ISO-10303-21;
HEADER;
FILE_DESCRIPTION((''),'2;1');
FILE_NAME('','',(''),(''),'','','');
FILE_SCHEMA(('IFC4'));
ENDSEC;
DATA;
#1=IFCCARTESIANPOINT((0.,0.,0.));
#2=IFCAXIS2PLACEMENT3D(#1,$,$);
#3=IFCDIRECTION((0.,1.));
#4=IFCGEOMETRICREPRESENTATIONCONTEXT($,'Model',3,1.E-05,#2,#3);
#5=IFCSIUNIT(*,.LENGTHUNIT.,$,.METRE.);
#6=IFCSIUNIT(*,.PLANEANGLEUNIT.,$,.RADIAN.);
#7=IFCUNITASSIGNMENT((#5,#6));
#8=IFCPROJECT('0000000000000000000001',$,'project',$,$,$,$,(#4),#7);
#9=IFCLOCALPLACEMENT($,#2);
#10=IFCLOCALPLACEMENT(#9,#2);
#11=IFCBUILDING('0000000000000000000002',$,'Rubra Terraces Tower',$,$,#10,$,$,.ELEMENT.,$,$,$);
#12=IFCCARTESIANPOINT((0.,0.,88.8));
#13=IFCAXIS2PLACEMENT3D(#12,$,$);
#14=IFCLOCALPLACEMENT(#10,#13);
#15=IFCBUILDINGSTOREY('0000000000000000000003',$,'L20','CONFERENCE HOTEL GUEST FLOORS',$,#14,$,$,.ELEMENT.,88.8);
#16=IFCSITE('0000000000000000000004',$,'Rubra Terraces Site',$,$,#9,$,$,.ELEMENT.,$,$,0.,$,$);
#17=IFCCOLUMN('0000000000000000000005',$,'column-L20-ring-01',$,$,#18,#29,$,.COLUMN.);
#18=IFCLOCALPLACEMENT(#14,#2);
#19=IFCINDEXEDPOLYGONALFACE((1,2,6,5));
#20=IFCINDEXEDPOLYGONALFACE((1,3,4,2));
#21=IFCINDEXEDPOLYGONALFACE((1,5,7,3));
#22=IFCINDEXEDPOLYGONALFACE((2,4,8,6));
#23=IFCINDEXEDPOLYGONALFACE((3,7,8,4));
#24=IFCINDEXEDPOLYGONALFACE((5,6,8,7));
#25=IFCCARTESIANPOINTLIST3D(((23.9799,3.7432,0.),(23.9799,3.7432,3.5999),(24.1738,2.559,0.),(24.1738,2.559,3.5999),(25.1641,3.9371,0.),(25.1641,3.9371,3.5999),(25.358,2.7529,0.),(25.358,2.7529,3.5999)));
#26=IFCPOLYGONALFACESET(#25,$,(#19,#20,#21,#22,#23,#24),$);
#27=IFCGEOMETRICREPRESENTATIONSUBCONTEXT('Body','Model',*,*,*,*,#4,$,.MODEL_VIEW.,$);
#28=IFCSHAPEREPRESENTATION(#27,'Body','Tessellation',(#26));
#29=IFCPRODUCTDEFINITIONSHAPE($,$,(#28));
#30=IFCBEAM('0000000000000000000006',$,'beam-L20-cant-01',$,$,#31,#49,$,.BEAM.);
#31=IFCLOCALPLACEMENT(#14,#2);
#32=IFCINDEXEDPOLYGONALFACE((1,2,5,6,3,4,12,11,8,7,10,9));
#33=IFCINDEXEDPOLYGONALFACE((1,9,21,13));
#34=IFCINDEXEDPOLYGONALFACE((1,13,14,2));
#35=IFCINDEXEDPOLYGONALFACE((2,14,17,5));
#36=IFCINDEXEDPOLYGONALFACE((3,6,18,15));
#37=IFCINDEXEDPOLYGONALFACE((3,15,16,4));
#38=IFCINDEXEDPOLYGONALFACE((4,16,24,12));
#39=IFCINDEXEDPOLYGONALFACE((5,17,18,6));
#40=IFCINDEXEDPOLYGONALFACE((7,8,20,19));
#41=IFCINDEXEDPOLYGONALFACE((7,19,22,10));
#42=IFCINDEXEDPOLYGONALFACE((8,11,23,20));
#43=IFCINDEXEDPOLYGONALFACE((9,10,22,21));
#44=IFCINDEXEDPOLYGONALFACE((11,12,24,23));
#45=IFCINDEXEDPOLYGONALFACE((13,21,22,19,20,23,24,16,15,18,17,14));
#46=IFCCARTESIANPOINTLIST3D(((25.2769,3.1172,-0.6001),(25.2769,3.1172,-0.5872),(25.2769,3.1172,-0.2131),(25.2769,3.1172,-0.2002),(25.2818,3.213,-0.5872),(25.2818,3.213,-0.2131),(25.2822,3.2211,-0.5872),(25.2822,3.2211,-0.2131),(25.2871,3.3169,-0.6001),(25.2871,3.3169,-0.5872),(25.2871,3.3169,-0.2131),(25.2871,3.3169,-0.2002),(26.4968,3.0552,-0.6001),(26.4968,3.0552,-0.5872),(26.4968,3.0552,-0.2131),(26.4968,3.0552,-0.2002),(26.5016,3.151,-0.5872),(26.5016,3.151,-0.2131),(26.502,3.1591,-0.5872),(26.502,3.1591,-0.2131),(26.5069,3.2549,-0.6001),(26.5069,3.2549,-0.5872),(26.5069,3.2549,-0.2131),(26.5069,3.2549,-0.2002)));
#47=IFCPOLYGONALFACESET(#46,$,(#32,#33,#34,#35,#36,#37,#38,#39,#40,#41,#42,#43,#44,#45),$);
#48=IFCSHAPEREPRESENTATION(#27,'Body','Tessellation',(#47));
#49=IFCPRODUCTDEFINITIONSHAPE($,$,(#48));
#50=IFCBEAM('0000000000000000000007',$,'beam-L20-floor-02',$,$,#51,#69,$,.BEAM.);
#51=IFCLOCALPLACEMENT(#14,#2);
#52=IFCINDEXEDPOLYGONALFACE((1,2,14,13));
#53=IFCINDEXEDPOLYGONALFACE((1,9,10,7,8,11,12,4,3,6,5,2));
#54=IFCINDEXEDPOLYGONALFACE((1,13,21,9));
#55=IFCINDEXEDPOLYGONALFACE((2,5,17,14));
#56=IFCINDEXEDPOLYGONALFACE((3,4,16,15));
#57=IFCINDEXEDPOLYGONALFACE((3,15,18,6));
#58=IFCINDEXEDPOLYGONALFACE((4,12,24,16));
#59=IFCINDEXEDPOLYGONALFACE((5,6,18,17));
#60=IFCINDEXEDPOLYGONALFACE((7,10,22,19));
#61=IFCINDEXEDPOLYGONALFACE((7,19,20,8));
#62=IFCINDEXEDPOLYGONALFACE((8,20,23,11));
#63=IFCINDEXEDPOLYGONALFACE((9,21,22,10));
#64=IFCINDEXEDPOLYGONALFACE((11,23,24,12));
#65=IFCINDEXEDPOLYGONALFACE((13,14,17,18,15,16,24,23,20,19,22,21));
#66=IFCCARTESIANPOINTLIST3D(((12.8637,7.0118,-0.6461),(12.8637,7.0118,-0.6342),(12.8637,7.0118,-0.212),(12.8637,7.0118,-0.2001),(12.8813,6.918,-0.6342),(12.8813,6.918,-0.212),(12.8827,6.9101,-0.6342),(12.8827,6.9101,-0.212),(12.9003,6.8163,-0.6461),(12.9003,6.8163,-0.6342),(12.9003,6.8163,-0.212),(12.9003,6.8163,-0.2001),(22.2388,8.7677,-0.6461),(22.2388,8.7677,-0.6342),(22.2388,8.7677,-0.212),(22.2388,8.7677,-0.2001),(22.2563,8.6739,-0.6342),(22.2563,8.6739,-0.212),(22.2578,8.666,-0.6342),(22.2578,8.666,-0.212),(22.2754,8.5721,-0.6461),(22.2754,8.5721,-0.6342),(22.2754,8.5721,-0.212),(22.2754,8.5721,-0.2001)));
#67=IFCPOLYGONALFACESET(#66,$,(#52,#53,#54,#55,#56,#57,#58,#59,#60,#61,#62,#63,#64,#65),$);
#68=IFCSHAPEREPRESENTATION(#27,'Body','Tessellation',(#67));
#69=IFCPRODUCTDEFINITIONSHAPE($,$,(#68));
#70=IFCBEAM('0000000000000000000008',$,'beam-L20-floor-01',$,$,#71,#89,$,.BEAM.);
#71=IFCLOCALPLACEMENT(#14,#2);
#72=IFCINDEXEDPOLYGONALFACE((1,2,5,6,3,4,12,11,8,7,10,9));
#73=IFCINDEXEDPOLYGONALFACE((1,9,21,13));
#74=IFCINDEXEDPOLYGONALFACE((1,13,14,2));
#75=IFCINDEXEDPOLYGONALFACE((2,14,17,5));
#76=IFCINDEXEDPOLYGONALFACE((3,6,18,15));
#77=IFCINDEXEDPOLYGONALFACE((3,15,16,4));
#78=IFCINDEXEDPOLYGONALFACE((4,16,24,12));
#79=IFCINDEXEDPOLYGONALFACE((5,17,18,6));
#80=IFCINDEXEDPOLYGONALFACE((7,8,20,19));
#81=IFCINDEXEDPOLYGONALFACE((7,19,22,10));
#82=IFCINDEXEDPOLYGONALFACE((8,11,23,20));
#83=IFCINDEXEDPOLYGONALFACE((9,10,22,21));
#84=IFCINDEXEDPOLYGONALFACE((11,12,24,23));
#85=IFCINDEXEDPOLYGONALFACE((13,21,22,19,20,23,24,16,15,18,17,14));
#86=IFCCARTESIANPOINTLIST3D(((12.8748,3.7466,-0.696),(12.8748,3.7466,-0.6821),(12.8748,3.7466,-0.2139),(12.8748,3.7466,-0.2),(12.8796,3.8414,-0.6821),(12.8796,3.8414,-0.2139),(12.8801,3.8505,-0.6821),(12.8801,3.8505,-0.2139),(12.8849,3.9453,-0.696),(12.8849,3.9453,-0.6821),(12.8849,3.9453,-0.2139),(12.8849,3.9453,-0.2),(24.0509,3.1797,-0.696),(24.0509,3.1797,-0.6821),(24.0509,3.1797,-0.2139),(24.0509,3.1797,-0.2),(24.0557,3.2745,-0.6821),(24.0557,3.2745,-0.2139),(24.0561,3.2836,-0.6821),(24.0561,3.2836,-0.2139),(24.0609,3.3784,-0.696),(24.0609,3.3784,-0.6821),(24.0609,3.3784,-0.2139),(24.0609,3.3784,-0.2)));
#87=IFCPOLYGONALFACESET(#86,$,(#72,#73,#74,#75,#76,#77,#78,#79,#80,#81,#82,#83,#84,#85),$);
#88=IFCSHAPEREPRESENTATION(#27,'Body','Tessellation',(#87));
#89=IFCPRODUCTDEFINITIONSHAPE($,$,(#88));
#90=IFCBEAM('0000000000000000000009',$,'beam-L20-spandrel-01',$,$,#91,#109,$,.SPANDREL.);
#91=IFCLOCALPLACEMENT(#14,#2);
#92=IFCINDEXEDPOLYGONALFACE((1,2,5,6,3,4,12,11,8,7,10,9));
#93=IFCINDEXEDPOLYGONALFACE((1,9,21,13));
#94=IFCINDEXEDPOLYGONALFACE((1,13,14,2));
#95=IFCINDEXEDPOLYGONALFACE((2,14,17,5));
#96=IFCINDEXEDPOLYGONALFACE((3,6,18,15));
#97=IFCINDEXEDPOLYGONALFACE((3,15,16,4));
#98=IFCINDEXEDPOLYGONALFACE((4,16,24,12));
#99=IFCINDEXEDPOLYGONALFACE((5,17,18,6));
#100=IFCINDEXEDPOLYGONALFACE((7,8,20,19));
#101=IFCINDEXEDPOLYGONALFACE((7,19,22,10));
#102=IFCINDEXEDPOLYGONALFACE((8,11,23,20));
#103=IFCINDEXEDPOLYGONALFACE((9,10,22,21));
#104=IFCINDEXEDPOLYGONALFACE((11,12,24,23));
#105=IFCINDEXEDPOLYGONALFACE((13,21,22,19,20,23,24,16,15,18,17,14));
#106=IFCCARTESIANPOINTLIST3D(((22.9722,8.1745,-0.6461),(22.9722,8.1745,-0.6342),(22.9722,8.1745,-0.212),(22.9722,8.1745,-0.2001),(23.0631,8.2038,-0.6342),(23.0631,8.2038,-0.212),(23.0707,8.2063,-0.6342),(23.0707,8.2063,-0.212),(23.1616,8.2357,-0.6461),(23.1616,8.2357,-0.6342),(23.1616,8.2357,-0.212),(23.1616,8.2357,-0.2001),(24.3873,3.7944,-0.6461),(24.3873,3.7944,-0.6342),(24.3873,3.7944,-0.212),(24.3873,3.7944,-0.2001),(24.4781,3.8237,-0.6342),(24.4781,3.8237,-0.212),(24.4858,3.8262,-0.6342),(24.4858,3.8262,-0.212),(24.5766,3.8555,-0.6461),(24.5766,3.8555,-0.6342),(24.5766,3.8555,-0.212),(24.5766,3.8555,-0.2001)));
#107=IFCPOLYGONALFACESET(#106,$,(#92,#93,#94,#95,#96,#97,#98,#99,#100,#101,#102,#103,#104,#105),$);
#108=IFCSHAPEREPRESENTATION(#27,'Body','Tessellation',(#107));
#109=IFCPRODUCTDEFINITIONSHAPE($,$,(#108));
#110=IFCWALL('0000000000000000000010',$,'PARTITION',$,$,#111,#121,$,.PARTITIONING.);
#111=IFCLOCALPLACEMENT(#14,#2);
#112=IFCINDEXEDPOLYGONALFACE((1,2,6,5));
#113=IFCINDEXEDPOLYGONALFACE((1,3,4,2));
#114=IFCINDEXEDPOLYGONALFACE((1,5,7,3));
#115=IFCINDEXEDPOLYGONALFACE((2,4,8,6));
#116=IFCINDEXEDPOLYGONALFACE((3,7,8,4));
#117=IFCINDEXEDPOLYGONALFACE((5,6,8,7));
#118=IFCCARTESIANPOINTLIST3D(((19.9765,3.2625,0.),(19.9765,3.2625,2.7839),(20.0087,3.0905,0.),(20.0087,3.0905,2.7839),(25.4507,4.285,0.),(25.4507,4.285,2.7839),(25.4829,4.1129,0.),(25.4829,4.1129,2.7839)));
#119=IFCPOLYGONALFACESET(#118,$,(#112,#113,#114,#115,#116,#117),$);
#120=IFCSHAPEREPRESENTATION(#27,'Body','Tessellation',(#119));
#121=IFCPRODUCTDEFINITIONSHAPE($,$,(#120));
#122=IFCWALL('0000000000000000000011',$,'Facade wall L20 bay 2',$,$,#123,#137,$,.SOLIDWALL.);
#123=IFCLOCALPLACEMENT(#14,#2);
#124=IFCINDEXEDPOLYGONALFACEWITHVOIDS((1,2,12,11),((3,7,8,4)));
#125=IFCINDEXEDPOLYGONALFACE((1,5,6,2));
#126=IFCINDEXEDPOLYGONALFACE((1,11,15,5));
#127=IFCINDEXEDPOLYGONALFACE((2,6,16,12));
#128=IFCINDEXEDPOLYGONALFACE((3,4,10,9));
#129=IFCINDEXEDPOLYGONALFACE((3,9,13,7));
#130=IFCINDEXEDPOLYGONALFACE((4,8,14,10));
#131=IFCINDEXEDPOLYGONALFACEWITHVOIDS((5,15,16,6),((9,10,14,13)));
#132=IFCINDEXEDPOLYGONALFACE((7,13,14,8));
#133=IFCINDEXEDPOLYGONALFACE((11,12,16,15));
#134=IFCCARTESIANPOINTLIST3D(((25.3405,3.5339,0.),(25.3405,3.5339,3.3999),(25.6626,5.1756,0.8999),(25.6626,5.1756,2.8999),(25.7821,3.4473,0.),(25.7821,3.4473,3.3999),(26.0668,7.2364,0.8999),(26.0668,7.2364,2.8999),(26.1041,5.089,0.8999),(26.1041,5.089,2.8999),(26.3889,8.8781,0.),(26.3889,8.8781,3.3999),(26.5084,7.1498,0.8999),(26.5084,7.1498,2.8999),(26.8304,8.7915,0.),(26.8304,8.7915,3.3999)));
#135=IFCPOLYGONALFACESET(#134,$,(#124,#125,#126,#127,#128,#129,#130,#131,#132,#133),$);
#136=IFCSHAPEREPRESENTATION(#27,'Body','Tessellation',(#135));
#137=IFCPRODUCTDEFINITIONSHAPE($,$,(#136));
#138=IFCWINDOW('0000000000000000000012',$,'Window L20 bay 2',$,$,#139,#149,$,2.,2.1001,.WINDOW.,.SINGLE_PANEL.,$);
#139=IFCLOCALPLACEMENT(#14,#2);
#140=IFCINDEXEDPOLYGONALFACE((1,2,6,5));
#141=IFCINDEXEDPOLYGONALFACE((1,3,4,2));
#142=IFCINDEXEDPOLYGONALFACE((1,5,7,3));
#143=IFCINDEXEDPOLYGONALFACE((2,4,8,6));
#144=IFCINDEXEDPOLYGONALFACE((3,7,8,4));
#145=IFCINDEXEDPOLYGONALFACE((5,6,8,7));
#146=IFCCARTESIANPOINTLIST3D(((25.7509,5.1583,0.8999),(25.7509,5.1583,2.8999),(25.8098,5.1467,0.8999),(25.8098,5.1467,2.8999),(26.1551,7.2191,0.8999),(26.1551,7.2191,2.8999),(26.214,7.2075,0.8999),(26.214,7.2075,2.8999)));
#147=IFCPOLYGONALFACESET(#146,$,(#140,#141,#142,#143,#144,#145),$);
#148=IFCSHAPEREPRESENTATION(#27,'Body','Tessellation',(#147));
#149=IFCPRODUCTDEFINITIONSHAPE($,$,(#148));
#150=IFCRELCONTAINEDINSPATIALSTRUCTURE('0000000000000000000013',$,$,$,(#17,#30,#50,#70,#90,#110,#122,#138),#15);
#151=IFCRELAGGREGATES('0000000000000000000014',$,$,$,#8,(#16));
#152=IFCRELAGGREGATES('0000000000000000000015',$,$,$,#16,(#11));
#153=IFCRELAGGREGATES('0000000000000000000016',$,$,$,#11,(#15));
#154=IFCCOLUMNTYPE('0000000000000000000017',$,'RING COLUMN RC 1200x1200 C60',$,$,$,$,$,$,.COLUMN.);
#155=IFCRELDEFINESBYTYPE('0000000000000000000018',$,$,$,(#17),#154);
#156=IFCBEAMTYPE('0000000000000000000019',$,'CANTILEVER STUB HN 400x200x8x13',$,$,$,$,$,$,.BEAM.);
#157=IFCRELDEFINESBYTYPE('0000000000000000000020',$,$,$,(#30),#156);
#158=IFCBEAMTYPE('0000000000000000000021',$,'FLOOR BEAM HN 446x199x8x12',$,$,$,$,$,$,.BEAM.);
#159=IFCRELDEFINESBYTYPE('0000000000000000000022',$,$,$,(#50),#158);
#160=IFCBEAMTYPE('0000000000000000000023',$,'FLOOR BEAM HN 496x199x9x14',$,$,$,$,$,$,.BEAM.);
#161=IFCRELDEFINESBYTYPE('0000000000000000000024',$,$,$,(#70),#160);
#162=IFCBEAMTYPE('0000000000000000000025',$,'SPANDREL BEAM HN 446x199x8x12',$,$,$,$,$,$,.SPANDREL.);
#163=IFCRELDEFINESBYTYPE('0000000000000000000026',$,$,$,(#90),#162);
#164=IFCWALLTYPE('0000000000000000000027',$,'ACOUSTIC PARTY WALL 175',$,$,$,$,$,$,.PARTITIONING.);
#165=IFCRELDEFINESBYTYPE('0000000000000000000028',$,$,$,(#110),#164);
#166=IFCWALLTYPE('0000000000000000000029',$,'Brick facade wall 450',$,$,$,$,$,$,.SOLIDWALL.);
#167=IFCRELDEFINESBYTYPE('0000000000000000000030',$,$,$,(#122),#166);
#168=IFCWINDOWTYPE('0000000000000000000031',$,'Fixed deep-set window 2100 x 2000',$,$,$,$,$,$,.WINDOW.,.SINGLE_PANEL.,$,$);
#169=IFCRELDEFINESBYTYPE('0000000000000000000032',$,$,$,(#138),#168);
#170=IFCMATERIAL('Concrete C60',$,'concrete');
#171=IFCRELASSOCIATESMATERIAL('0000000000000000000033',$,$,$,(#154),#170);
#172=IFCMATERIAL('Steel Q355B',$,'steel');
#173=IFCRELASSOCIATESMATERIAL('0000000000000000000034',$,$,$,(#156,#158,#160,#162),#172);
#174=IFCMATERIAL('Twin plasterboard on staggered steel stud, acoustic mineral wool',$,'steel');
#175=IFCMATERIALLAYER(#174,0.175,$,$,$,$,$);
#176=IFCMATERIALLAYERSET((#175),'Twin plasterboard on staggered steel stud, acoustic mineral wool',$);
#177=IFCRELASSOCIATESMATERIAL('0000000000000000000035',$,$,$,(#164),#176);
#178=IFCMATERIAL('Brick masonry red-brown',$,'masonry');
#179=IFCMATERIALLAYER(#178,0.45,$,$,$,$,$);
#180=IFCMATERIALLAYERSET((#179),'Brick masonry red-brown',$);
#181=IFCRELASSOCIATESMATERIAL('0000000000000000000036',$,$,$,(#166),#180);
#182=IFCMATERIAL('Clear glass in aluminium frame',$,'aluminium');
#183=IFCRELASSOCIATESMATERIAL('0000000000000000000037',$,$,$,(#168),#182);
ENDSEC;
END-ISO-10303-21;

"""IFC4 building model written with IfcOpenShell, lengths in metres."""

from ifc_helpers import new_model, si_unit, direction, frame, frame_2d, origin, origin_2d, place, context, subcontext, project, spatial, rectangle, i_section, extrude, material, layer, layer_set, material_profile, profile_set, type_object, element, fill, save


model = new_model("IFC4")

# Units and contexts
model_context = context("Model", 3, precision=1e-05, world=origin(), true_north=direction((0.0, 1.0)))
body_context = subcontext(model_context, "Body", "Model", "MODEL_VIEW")
ifc_project = project(units=[si_unit("LENGTHUNIT", "METRE"), si_unit("PLANEANGLEUNIT", "RADIAN")], contexts=[model_context])

# Site, building, storey
site_placement = place(None, origin())
site = spatial("IfcSite", under=ifc_project, at=site_placement, Name="Rubra Terraces Site", CompositionType="ELEMENT", RefElevation=0.0)
building_placement = place(site_placement, origin())
building = spatial("IfcBuilding", under=site, at=building_placement, Name="Rubra Terraces Tower", CompositionType="ELEMENT")
storey_placement = place(building_placement, frame((0.0, 0.0, 88.8)))
storey = spatial("IfcBuildingStorey", under=building, at=storey_placement, Name="L20", Description="CONFERENCE HOTEL GUEST FLOORS", CompositionType="ELEMENT", Elevation=88.8)

# Column
ifc_material_1 = material(Name="Concrete C60", Category="concrete")
ifc_material_profile_1 = material_profile(ifc_material_1, rectangle(XDim=1.2, YDim=1.2, at=origin_2d()), Name="RC 1200x1200")
ifc_profile_set_1 = profile_set([ifc_material_profile_1], Name="Concrete C60")
column_type = type_object("IfcColumnType", Name="RING COLUMN RC 1200x1200 C60", PredefinedType="COLUMN", material=ifc_profile_set_1)
column_placement = place(storey_placement, frame((24.6689, 3.248, 0.0), z_axis=(0.0, 0.0, 1.0), x_axis=(-0.161559, 0.986863, 0.0)))
element("IfcColumn", 1, at=column_placement, inside=storey, type_object=column_type, Name="column-L20-ring-01", PredefinedType="COLUMN", context=body_context, shape_type="SweptSolid", body=[
    extrude(rectangle(XDim=1.2, YDim=1.2, at=origin_2d()), origin(), (0.0, 0.0, 1.0), 3.5999),
])

# Beams
ifc_material_2 = material(Name="Steel Q355B", Category="steel")
ifc_material_profile_2 = material_profile(ifc_material_2, i_section(OverallWidth=0.2, OverallDepth=0.3999, WebThickness=0.0081, FlangeThickness=0.0129, at=origin_2d()), Name="HN 400x200x8x13")
ifc_profile_set_2 = profile_set([ifc_material_profile_2], Name="Steel Q355B")
beam_type_1 = type_object("IfcBeamType", Name="CANTILEVER STUB HN 400x200x8x13", PredefinedType="BEAM", material=ifc_profile_set_2)
beam_1_placement = place(storey_placement, frame((25.282, 3.217, -0.4001), z_axis=(0.998711, -0.050765, 0.0), x_axis=(0.050765, 0.998711, 0.0)))
element("IfcBeam", 2, at=beam_1_placement, inside=storey, type_object=beam_type_1, Name="beam-L20-cant-01", PredefinedType="BEAM", context=body_context, shape_type="SweptSolid", body=[
    extrude(i_section(OverallWidth=0.2, OverallDepth=0.3999, WebThickness=0.0081, FlangeThickness=0.0129, at=origin_2d()), origin(), (0.0, 0.0, 1.0), 1.2214),
])
ifc_material_profile_3 = material_profile(ifc_material_2, i_section(OverallWidth=0.199, OverallDepth=0.446, WebThickness=0.0081, FlangeThickness=0.012, at=origin_2d()), Name="HN 446x199x8x12")
ifc_profile_set_3 = profile_set([ifc_material_profile_3], Name="Steel Q355B")
beam_type_2 = type_object("IfcBeamType", Name="FLOOR BEAM HN 446x199x8x12", PredefinedType="BEAM", material=ifc_profile_set_3)
beam_2_placement = place(storey_placement, frame((22.2571, 8.6699, -0.4231), z_axis=(-0.982909, -0.184091, 0.0), x_axis=(0.184091, -0.982909, 0.0)))
element("IfcBeam", 3, at=beam_2_placement, inside=storey, type_object=beam_type_2, Name="beam-L20-floor-02", PredefinedType="BEAM", context=body_context, shape_type="SweptSolid", body=[
    extrude(i_section(OverallWidth=0.199, OverallDepth=0.446, WebThickness=0.0081, FlangeThickness=0.012, at=origin_2d()), origin(), (0.0, 0.0, 1.0), 9.5381),
])
ifc_material_profile_4 = material_profile(ifc_material_2, i_section(OverallWidth=0.199, OverallDepth=0.4961, WebThickness=0.009, FlangeThickness=0.0139, at=origin_2d()), Name="HN 496x199x9x14")
ifc_profile_set_4 = profile_set([ifc_material_profile_4], Name="Steel Q355B")
beam_type_3 = type_object("IfcBeamType", Name="FLOOR BEAM HN 496x199x9x14", PredefinedType="BEAM", material=ifc_profile_set_4)
beam_3_placement = place(storey_placement, frame((24.0559, 3.2791, -0.448), z_axis=(-0.998716, 0.050659, 0.0), x_axis=(-0.050659, -0.998716, 0.0)))
element("IfcBeam", 4, at=beam_3_placement, inside=storey, type_object=beam_type_3, Name="beam-L20-floor-01", PredefinedType="BEAM", context=body_context, shape_type="SweptSolid", body=[
    extrude(i_section(OverallWidth=0.199, OverallDepth=0.4961, WebThickness=0.009, FlangeThickness=0.0139, at=origin_2d()), origin(), (0.0, 0.0, 1.0), 11.1904),
])
ifc_material_profile_5 = material_profile(ifc_material_2, i_section(OverallWidth=0.199, OverallDepth=0.446, WebThickness=0.0081, FlangeThickness=0.012, at=origin_2d()), Name="HN 446x199x8x12")
ifc_profile_set_5 = profile_set([ifc_material_profile_5], Name="Steel Q355B")
beam_type_4 = type_object("IfcBeamType", Name="SPANDREL BEAM HN 446x199x8x12", PredefinedType="SPANDREL", material=ifc_profile_set_5)
beam_4_placement = place(storey_placement, frame((24.4819, 3.825, -0.4231), z_axis=(-0.307415, 0.951576, 0.0), x_axis=(-0.951576, -0.307415, 0.0)))
element("IfcBeam", 5, at=beam_4_placement, inside=storey, type_object=beam_type_4, Name="beam-L20-spandrel-01", PredefinedType="SPANDREL", context=body_context, shape_type="SweptSolid", body=[
    extrude(i_section(OverallWidth=0.199, OverallDepth=0.446, WebThickness=0.0081, FlangeThickness=0.012, at=origin_2d()), origin(), (0.0, 0.0, 1.0), 4.603),
])

# Wall
ifc_material_3 = material(Name="Twin plasterboard on staggered steel stud, acoustic mineral wool", Category="steel")
ifc_layer_1 = layer(ifc_material_3, 0.175)
ifc_layer_set_1 = layer_set([ifc_layer_1], Name="Twin plasterboard on staggered steel stud, acoustic mineral wool")
wall_type_1 = type_object("IfcWallType", Name="ACOUSTIC PARTY WALL 175", PredefinedType="PARTITIONING", material=ifc_layer_set_1)
wall_1_placement = place(storey_placement, frame((25.4668, 4.199, 0.0), z_axis=(0.0, 0.0, 1.0), x_axis=(-0.983, -0.183606, 0.0)))
element("IfcWall", 6, at=wall_1_placement, inside=storey, type_object=wall_type_1, Name="PARTITION", PredefinedType="PARTITIONING", context=body_context, shape_type="SweptSolid", body=[
    extrude(rectangle(XDim=5.5688, YDim=0.175, at=frame_2d((2.7844, 0.0))), origin(), (0.0, 0.0, 1.0), 2.7839),
])

# Wall, opening, window
ifc_material_4 = material(Name="Brick masonry red-brown", Category="masonry")
ifc_layer_2 = layer(ifc_material_4, 0.45)
ifc_layer_set_2 = layer_set([ifc_layer_2], Name="Brick masonry red-brown")
wall_type_2 = type_object("IfcWallType", Name="Brick facade wall 450", PredefinedType="SOLIDWALL", material=ifc_layer_set_2)
wall_2_placement = place(storey_placement, frame((25.5613, 3.4905, 0.0), z_axis=(0.0, 0.0, 1.0), x_axis=(0.192494, 0.981298, 0.0)))
wall_2 = element("IfcWall", 7, at=wall_2_placement, inside=storey, type_object=wall_type_2, Name="Facade wall L20 bay 2", PredefinedType="SOLIDWALL", context=body_context, shape_type="SweptSolid", body=[
    extrude(rectangle(XDim=5.446, YDim=0.45, at=frame_2d((2.7231, 0.0))), origin(), (0.0, 0.0, 1.0), 3.3999),
])
opening_1_placement = place(wall_2_placement, frame((1.6731, 0.0, 0.8999)))
opening_1 = element("IfcOpeningElement", 8, at=opening_1_placement, cuts=wall_2, PredefinedType="OPENING", context=body_context, shape_type="SweptSolid", body=[
    extrude(rectangle(XDim=2.1001, YDim=2.0, at=frame_2d((1.05, 1.0))), frame((0.0, 0.2349, 0.0), z_axis=(0.0, -1.0, 0.0), x_axis=(1.0, 0.0, 0.0)), (0.0, 0.0, 1.0), 0.47),
])
ifc_material_5 = material(Name="Clear glass in aluminium frame", Category="aluminium")
window_type = type_object("IfcWindowType", Name="Fixed deep-set window 2100 x 2000", PartitioningType="SINGLE_PANEL", PredefinedType="WINDOW", material=ifc_material_5)
window_1_placement = place(opening_1_placement, origin())
window_1 = element("IfcWindow", 9, at=window_1_placement, inside=storey, type_object=window_type, Name="Window L20 bay 2", OverallHeight=2.0, OverallWidth=2.1001, PartitioningType="SINGLE_PANEL", PredefinedType="WINDOW", context=body_context, shape_type="SweptSolid", body=[
    extrude(rectangle(XDim=2.1001, YDim=2.0, at=frame_2d((1.05, 1.0))), frame((0.0, 0.135, 0.0), z_axis=(0.0, -1.0, 0.0), x_axis=(1.0, 0.0, 0.0)), (0.0, 0.0, 1.0), 0.0601),
])
fill(opening_1, window_1)

save(model, "model.ifc")
